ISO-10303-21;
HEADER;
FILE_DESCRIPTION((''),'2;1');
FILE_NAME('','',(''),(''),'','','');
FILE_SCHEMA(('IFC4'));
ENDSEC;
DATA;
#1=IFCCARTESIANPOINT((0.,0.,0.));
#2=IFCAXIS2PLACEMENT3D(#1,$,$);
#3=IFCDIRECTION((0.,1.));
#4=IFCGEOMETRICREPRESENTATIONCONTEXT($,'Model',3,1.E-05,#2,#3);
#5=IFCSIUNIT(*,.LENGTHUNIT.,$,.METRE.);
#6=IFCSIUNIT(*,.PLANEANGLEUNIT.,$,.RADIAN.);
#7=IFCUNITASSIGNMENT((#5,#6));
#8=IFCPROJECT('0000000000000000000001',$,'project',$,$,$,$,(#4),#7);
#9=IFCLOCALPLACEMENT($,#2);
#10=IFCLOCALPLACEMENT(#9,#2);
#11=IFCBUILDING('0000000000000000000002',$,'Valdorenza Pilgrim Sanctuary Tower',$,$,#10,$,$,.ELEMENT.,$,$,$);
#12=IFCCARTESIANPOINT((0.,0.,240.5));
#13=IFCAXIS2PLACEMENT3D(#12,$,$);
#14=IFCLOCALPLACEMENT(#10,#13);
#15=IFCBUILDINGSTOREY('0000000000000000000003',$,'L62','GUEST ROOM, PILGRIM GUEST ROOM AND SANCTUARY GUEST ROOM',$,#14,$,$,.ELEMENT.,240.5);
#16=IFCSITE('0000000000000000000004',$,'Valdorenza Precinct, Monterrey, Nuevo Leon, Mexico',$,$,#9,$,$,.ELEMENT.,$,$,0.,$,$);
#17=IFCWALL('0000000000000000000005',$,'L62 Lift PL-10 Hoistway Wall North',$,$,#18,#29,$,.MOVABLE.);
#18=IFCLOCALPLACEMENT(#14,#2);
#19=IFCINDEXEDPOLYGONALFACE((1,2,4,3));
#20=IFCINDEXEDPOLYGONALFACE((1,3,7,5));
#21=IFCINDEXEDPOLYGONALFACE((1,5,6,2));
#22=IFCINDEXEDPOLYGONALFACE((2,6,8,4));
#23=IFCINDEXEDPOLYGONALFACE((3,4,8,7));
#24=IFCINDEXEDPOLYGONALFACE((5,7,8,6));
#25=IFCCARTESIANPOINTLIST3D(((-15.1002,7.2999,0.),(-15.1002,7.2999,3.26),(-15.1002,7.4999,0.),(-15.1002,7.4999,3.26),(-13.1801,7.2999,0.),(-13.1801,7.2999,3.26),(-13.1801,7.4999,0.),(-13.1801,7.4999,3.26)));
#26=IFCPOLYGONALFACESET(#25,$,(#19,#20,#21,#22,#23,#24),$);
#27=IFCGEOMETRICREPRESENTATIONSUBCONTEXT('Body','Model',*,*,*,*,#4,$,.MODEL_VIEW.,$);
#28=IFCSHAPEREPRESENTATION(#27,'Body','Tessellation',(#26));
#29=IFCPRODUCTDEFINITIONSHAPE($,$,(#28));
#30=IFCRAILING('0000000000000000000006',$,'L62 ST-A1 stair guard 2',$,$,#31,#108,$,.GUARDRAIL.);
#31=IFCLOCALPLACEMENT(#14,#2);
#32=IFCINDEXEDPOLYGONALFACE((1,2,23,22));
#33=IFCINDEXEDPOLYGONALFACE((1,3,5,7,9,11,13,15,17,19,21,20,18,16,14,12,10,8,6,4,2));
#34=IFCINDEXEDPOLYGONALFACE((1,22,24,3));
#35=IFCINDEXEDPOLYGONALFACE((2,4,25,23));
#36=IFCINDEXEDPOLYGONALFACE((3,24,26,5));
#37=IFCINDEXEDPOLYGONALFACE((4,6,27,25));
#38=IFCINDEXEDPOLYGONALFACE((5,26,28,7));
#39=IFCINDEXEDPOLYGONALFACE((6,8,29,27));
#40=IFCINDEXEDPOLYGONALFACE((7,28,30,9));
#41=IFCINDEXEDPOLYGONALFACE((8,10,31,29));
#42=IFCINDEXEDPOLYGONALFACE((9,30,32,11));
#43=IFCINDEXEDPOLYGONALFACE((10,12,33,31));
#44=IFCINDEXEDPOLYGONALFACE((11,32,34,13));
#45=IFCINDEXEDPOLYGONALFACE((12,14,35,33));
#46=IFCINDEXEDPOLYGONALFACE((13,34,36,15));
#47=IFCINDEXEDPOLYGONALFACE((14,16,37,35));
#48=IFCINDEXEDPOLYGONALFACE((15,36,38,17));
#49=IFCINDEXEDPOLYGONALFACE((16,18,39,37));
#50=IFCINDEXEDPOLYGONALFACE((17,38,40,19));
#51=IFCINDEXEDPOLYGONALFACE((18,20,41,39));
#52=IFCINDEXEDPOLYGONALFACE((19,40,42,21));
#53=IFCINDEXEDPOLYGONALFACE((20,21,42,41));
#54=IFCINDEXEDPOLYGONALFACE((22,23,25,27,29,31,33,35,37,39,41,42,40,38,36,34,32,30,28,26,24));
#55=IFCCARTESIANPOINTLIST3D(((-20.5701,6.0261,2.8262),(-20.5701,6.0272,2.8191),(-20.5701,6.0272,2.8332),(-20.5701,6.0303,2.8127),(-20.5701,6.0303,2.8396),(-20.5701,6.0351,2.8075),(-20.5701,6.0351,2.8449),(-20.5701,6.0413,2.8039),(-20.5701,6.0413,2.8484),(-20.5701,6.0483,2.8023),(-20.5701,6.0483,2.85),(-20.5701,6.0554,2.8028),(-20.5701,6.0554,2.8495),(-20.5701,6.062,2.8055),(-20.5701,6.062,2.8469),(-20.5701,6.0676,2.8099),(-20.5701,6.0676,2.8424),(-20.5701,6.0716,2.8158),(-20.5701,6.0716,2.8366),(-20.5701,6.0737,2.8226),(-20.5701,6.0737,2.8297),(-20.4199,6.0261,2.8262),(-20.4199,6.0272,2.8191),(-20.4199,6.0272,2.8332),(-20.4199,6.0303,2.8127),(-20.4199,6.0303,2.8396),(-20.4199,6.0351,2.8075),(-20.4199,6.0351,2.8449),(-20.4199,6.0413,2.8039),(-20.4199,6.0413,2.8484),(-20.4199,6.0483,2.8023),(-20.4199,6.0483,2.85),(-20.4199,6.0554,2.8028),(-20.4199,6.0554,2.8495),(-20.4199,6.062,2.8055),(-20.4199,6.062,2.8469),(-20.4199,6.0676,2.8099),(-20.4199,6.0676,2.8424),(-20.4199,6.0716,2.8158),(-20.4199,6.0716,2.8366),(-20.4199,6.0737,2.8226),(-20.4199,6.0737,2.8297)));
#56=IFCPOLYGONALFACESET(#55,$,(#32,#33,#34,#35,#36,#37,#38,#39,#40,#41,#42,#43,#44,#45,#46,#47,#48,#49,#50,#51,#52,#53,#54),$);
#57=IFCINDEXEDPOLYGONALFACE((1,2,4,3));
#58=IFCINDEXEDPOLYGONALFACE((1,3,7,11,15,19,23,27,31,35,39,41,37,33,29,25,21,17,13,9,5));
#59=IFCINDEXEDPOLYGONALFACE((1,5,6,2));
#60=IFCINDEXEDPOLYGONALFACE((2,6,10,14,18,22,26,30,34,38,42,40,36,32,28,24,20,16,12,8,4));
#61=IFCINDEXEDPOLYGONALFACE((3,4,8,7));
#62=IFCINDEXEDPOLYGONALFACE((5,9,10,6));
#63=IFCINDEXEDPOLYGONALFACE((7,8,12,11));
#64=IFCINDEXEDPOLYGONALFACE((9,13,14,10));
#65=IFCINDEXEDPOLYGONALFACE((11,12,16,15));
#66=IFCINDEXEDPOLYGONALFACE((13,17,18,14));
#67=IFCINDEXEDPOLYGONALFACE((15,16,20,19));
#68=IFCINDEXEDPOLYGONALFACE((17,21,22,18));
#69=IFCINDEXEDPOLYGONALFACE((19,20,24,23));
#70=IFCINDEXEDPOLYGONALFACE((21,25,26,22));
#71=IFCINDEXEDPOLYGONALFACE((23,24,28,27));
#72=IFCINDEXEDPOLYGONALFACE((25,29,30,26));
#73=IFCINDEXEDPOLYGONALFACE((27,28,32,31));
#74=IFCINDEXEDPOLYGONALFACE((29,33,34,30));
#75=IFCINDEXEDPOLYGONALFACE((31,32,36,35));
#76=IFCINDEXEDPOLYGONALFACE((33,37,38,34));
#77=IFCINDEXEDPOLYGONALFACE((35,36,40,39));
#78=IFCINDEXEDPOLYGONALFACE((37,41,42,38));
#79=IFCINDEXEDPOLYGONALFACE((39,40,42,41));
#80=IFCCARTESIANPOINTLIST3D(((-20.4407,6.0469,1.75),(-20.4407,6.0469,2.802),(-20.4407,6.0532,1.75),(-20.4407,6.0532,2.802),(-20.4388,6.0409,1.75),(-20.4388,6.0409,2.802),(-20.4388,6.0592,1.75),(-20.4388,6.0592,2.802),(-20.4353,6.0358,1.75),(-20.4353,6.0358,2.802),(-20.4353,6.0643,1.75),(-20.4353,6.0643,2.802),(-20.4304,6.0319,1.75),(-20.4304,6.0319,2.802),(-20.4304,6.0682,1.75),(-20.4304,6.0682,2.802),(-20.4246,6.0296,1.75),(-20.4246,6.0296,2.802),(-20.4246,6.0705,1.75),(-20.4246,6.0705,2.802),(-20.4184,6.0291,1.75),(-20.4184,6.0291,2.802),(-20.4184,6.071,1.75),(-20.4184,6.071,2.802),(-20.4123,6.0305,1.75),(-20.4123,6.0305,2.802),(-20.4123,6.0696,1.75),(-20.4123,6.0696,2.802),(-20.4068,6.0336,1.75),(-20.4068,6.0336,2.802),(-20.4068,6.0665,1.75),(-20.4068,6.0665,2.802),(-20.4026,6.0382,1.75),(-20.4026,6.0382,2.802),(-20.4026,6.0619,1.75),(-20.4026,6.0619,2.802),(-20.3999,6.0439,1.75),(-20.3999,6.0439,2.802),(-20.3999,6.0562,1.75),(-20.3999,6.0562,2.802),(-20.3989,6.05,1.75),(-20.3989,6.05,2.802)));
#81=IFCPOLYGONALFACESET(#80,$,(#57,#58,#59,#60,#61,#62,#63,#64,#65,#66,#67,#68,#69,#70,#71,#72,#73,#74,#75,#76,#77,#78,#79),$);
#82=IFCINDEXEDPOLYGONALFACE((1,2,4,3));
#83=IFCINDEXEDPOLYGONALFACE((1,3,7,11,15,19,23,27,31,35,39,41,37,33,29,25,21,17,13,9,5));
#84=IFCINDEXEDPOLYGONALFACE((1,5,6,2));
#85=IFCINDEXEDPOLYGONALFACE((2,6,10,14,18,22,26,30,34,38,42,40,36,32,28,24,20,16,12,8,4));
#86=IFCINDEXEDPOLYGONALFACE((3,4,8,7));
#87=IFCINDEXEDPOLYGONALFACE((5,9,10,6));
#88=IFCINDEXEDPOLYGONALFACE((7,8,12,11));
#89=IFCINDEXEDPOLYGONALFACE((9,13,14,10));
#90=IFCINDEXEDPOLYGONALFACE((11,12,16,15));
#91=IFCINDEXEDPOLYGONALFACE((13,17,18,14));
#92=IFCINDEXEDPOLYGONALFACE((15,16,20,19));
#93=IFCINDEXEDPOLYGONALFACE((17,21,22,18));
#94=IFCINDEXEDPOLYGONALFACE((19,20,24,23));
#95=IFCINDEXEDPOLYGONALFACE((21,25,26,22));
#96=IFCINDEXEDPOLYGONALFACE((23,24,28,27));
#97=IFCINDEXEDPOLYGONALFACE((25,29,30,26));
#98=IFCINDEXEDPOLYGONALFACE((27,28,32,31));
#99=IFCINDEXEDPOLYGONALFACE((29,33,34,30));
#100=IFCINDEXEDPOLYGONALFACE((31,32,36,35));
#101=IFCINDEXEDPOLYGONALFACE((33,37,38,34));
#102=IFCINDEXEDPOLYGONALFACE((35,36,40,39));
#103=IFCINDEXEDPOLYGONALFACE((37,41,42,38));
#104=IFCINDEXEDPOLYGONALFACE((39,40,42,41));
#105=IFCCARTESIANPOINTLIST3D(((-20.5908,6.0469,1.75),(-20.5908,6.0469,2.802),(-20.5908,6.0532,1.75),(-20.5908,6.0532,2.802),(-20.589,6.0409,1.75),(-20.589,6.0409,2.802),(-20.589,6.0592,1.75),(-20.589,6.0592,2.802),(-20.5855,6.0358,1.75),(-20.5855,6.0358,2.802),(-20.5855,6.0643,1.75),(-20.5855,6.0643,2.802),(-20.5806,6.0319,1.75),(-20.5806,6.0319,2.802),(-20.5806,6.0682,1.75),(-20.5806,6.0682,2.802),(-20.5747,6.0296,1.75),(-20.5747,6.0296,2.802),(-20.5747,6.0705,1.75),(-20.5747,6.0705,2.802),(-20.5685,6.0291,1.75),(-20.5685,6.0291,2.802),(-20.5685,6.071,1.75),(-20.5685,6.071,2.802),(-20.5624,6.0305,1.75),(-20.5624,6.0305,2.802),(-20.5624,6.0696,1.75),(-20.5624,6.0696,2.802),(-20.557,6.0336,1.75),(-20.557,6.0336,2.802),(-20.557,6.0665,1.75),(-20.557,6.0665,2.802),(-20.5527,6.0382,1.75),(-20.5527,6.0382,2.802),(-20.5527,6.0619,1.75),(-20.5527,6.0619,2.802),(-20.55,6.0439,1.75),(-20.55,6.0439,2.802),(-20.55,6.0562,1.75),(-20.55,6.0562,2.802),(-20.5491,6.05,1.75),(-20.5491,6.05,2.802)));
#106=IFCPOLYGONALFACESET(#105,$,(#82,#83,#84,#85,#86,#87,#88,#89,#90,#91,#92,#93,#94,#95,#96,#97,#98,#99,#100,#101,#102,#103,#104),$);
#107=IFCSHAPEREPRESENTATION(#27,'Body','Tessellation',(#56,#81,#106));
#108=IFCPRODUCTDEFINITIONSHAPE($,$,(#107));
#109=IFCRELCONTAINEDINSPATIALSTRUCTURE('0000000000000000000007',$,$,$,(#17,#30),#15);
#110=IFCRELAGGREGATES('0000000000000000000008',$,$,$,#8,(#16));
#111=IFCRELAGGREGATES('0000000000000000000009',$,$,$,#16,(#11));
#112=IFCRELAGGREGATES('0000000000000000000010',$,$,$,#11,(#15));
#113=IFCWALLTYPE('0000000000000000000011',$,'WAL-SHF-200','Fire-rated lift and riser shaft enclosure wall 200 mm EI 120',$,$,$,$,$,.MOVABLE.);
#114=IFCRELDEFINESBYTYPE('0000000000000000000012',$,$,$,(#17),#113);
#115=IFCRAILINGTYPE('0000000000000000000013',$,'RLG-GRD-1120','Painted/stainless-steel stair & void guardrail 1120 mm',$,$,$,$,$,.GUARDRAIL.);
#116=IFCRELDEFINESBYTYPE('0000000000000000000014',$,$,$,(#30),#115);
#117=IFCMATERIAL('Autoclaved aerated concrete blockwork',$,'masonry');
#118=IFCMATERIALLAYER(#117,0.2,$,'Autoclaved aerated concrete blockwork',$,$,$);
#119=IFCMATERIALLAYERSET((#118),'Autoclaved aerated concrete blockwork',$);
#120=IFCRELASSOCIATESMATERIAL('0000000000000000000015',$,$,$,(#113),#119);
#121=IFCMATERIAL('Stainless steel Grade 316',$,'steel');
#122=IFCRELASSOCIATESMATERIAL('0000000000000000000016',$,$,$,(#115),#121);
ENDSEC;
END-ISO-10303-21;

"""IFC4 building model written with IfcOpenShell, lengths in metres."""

from ifc_helpers import new_model, si_unit, direction, frame, frame_2d, origin, origin_2d, place, context, subcontext, project, spatial, rectangle, circle, extrude, material, layer, layer_set, type_object, element, save


model = new_model("IFC4")

# Units and contexts
model_context = context("Model", 3, precision=1e-05, world=origin(), true_north=direction((0.0, 1.0)))
body_context = subcontext(model_context, "Body", "Model", "MODEL_VIEW")
ifc_project = project(units=[si_unit("LENGTHUNIT", "METRE"), si_unit("PLANEANGLEUNIT", "RADIAN")], contexts=[model_context])

# Site, building, storey
site_placement = place(None, origin())
site = spatial("IfcSite", under=ifc_project, at=site_placement, Name="Valdorenza Precinct, Monterrey, Nuevo Leon, Mexico", CompositionType="ELEMENT", RefElevation=0.0)
building_placement = place(site_placement, origin())
building = spatial("IfcBuilding", under=site, at=building_placement, Name="Valdorenza Pilgrim Sanctuary Tower", CompositionType="ELEMENT")
storey_placement = place(building_placement, frame((0.0, 0.0, 240.5)))
storey = spatial("IfcBuildingStorey", under=building, at=storey_placement, Name="L62", Description="GUEST ROOM, PILGRIM GUEST ROOM AND SANCTUARY GUEST ROOM", CompositionType="ELEMENT", Elevation=240.5)

# Shared definitions
ifc_material_1 = material(Name="Autoclaved aerated concrete blockwork", Category="masonry")
ifc_layer_1 = layer(ifc_material_1, 0.2, Name="Autoclaved aerated concrete blockwork")
ifc_layer_set_1 = layer_set([ifc_layer_1], Name="Autoclaved aerated concrete blockwork")
wall_type_1 = type_object("IfcWallType", Name="WAL-SHF-200", Description="Fire-rated lift and riser shaft enclosure wall 200 mm EI 120", PredefinedType="MOVABLE", material=ifc_layer_set_1)

# Wall
for number, where, z_axis, x_axis, name in (
    (1, (-15.1001, 7.3999, 0.0), (0.0, 0.0, 1.0), (1.0, 0.0, 0.0), "L62 Lift PL-10 Hoistway Wall North"),
):
    element("IfcWall", number, at=place(storey_placement, frame(where, z_axis=z_axis, x_axis=x_axis)), inside=storey, type_object=wall_type_1, Name=name, PredefinedType="MOVABLE", context=body_context, shape_type="SweptSolid", body=[
        extrude(rectangle(XDim=1.9202, YDim=0.2, at=frame_2d((0.96, 0.0))), origin(), (0.0, 0.0, 1.0), 3.26),
    ])

# Railing
ifc_material_2 = material(Name="Stainless steel Grade 316", Category="steel")
railing_type = type_object("IfcRailingType", Name="RLG-GRD-1120", Description="Painted/stainless-steel stair & void guardrail 1120 mm", PredefinedType="GUARDRAIL", material=ifc_material_2)
railing_placement = place(storey_placement, frame((-20.4199, 6.05, 1.75)))
element("IfcRailing", 2, at=railing_placement, inside=storey, type_object=railing_type, Name="L62 ST-A1 stair guard 2", PredefinedType="GUARDRAIL", context=body_context, shape_type="SweptSolid", body=[
    extrude(circle(Radius=0.0239, at=origin_2d()), frame((0.0, 0.0, 1.0762), z_axis=(-1.0, 0.0, 0.0), x_axis=(0.0, -1.0, 0.0)), (0.0, 0.0, 1.0), 0.1501),
    extrude(circle(Radius=0.021, at=origin_2d()), origin(), (0.0, 0.0, 1.0), 1.052),
    extrude(circle(Radius=0.021, at=origin_2d()), frame((-0.1501, 0.0, 0.0)), (0.0, 0.0, 1.0), 1.052),
])

save(model, "model.ifc")
